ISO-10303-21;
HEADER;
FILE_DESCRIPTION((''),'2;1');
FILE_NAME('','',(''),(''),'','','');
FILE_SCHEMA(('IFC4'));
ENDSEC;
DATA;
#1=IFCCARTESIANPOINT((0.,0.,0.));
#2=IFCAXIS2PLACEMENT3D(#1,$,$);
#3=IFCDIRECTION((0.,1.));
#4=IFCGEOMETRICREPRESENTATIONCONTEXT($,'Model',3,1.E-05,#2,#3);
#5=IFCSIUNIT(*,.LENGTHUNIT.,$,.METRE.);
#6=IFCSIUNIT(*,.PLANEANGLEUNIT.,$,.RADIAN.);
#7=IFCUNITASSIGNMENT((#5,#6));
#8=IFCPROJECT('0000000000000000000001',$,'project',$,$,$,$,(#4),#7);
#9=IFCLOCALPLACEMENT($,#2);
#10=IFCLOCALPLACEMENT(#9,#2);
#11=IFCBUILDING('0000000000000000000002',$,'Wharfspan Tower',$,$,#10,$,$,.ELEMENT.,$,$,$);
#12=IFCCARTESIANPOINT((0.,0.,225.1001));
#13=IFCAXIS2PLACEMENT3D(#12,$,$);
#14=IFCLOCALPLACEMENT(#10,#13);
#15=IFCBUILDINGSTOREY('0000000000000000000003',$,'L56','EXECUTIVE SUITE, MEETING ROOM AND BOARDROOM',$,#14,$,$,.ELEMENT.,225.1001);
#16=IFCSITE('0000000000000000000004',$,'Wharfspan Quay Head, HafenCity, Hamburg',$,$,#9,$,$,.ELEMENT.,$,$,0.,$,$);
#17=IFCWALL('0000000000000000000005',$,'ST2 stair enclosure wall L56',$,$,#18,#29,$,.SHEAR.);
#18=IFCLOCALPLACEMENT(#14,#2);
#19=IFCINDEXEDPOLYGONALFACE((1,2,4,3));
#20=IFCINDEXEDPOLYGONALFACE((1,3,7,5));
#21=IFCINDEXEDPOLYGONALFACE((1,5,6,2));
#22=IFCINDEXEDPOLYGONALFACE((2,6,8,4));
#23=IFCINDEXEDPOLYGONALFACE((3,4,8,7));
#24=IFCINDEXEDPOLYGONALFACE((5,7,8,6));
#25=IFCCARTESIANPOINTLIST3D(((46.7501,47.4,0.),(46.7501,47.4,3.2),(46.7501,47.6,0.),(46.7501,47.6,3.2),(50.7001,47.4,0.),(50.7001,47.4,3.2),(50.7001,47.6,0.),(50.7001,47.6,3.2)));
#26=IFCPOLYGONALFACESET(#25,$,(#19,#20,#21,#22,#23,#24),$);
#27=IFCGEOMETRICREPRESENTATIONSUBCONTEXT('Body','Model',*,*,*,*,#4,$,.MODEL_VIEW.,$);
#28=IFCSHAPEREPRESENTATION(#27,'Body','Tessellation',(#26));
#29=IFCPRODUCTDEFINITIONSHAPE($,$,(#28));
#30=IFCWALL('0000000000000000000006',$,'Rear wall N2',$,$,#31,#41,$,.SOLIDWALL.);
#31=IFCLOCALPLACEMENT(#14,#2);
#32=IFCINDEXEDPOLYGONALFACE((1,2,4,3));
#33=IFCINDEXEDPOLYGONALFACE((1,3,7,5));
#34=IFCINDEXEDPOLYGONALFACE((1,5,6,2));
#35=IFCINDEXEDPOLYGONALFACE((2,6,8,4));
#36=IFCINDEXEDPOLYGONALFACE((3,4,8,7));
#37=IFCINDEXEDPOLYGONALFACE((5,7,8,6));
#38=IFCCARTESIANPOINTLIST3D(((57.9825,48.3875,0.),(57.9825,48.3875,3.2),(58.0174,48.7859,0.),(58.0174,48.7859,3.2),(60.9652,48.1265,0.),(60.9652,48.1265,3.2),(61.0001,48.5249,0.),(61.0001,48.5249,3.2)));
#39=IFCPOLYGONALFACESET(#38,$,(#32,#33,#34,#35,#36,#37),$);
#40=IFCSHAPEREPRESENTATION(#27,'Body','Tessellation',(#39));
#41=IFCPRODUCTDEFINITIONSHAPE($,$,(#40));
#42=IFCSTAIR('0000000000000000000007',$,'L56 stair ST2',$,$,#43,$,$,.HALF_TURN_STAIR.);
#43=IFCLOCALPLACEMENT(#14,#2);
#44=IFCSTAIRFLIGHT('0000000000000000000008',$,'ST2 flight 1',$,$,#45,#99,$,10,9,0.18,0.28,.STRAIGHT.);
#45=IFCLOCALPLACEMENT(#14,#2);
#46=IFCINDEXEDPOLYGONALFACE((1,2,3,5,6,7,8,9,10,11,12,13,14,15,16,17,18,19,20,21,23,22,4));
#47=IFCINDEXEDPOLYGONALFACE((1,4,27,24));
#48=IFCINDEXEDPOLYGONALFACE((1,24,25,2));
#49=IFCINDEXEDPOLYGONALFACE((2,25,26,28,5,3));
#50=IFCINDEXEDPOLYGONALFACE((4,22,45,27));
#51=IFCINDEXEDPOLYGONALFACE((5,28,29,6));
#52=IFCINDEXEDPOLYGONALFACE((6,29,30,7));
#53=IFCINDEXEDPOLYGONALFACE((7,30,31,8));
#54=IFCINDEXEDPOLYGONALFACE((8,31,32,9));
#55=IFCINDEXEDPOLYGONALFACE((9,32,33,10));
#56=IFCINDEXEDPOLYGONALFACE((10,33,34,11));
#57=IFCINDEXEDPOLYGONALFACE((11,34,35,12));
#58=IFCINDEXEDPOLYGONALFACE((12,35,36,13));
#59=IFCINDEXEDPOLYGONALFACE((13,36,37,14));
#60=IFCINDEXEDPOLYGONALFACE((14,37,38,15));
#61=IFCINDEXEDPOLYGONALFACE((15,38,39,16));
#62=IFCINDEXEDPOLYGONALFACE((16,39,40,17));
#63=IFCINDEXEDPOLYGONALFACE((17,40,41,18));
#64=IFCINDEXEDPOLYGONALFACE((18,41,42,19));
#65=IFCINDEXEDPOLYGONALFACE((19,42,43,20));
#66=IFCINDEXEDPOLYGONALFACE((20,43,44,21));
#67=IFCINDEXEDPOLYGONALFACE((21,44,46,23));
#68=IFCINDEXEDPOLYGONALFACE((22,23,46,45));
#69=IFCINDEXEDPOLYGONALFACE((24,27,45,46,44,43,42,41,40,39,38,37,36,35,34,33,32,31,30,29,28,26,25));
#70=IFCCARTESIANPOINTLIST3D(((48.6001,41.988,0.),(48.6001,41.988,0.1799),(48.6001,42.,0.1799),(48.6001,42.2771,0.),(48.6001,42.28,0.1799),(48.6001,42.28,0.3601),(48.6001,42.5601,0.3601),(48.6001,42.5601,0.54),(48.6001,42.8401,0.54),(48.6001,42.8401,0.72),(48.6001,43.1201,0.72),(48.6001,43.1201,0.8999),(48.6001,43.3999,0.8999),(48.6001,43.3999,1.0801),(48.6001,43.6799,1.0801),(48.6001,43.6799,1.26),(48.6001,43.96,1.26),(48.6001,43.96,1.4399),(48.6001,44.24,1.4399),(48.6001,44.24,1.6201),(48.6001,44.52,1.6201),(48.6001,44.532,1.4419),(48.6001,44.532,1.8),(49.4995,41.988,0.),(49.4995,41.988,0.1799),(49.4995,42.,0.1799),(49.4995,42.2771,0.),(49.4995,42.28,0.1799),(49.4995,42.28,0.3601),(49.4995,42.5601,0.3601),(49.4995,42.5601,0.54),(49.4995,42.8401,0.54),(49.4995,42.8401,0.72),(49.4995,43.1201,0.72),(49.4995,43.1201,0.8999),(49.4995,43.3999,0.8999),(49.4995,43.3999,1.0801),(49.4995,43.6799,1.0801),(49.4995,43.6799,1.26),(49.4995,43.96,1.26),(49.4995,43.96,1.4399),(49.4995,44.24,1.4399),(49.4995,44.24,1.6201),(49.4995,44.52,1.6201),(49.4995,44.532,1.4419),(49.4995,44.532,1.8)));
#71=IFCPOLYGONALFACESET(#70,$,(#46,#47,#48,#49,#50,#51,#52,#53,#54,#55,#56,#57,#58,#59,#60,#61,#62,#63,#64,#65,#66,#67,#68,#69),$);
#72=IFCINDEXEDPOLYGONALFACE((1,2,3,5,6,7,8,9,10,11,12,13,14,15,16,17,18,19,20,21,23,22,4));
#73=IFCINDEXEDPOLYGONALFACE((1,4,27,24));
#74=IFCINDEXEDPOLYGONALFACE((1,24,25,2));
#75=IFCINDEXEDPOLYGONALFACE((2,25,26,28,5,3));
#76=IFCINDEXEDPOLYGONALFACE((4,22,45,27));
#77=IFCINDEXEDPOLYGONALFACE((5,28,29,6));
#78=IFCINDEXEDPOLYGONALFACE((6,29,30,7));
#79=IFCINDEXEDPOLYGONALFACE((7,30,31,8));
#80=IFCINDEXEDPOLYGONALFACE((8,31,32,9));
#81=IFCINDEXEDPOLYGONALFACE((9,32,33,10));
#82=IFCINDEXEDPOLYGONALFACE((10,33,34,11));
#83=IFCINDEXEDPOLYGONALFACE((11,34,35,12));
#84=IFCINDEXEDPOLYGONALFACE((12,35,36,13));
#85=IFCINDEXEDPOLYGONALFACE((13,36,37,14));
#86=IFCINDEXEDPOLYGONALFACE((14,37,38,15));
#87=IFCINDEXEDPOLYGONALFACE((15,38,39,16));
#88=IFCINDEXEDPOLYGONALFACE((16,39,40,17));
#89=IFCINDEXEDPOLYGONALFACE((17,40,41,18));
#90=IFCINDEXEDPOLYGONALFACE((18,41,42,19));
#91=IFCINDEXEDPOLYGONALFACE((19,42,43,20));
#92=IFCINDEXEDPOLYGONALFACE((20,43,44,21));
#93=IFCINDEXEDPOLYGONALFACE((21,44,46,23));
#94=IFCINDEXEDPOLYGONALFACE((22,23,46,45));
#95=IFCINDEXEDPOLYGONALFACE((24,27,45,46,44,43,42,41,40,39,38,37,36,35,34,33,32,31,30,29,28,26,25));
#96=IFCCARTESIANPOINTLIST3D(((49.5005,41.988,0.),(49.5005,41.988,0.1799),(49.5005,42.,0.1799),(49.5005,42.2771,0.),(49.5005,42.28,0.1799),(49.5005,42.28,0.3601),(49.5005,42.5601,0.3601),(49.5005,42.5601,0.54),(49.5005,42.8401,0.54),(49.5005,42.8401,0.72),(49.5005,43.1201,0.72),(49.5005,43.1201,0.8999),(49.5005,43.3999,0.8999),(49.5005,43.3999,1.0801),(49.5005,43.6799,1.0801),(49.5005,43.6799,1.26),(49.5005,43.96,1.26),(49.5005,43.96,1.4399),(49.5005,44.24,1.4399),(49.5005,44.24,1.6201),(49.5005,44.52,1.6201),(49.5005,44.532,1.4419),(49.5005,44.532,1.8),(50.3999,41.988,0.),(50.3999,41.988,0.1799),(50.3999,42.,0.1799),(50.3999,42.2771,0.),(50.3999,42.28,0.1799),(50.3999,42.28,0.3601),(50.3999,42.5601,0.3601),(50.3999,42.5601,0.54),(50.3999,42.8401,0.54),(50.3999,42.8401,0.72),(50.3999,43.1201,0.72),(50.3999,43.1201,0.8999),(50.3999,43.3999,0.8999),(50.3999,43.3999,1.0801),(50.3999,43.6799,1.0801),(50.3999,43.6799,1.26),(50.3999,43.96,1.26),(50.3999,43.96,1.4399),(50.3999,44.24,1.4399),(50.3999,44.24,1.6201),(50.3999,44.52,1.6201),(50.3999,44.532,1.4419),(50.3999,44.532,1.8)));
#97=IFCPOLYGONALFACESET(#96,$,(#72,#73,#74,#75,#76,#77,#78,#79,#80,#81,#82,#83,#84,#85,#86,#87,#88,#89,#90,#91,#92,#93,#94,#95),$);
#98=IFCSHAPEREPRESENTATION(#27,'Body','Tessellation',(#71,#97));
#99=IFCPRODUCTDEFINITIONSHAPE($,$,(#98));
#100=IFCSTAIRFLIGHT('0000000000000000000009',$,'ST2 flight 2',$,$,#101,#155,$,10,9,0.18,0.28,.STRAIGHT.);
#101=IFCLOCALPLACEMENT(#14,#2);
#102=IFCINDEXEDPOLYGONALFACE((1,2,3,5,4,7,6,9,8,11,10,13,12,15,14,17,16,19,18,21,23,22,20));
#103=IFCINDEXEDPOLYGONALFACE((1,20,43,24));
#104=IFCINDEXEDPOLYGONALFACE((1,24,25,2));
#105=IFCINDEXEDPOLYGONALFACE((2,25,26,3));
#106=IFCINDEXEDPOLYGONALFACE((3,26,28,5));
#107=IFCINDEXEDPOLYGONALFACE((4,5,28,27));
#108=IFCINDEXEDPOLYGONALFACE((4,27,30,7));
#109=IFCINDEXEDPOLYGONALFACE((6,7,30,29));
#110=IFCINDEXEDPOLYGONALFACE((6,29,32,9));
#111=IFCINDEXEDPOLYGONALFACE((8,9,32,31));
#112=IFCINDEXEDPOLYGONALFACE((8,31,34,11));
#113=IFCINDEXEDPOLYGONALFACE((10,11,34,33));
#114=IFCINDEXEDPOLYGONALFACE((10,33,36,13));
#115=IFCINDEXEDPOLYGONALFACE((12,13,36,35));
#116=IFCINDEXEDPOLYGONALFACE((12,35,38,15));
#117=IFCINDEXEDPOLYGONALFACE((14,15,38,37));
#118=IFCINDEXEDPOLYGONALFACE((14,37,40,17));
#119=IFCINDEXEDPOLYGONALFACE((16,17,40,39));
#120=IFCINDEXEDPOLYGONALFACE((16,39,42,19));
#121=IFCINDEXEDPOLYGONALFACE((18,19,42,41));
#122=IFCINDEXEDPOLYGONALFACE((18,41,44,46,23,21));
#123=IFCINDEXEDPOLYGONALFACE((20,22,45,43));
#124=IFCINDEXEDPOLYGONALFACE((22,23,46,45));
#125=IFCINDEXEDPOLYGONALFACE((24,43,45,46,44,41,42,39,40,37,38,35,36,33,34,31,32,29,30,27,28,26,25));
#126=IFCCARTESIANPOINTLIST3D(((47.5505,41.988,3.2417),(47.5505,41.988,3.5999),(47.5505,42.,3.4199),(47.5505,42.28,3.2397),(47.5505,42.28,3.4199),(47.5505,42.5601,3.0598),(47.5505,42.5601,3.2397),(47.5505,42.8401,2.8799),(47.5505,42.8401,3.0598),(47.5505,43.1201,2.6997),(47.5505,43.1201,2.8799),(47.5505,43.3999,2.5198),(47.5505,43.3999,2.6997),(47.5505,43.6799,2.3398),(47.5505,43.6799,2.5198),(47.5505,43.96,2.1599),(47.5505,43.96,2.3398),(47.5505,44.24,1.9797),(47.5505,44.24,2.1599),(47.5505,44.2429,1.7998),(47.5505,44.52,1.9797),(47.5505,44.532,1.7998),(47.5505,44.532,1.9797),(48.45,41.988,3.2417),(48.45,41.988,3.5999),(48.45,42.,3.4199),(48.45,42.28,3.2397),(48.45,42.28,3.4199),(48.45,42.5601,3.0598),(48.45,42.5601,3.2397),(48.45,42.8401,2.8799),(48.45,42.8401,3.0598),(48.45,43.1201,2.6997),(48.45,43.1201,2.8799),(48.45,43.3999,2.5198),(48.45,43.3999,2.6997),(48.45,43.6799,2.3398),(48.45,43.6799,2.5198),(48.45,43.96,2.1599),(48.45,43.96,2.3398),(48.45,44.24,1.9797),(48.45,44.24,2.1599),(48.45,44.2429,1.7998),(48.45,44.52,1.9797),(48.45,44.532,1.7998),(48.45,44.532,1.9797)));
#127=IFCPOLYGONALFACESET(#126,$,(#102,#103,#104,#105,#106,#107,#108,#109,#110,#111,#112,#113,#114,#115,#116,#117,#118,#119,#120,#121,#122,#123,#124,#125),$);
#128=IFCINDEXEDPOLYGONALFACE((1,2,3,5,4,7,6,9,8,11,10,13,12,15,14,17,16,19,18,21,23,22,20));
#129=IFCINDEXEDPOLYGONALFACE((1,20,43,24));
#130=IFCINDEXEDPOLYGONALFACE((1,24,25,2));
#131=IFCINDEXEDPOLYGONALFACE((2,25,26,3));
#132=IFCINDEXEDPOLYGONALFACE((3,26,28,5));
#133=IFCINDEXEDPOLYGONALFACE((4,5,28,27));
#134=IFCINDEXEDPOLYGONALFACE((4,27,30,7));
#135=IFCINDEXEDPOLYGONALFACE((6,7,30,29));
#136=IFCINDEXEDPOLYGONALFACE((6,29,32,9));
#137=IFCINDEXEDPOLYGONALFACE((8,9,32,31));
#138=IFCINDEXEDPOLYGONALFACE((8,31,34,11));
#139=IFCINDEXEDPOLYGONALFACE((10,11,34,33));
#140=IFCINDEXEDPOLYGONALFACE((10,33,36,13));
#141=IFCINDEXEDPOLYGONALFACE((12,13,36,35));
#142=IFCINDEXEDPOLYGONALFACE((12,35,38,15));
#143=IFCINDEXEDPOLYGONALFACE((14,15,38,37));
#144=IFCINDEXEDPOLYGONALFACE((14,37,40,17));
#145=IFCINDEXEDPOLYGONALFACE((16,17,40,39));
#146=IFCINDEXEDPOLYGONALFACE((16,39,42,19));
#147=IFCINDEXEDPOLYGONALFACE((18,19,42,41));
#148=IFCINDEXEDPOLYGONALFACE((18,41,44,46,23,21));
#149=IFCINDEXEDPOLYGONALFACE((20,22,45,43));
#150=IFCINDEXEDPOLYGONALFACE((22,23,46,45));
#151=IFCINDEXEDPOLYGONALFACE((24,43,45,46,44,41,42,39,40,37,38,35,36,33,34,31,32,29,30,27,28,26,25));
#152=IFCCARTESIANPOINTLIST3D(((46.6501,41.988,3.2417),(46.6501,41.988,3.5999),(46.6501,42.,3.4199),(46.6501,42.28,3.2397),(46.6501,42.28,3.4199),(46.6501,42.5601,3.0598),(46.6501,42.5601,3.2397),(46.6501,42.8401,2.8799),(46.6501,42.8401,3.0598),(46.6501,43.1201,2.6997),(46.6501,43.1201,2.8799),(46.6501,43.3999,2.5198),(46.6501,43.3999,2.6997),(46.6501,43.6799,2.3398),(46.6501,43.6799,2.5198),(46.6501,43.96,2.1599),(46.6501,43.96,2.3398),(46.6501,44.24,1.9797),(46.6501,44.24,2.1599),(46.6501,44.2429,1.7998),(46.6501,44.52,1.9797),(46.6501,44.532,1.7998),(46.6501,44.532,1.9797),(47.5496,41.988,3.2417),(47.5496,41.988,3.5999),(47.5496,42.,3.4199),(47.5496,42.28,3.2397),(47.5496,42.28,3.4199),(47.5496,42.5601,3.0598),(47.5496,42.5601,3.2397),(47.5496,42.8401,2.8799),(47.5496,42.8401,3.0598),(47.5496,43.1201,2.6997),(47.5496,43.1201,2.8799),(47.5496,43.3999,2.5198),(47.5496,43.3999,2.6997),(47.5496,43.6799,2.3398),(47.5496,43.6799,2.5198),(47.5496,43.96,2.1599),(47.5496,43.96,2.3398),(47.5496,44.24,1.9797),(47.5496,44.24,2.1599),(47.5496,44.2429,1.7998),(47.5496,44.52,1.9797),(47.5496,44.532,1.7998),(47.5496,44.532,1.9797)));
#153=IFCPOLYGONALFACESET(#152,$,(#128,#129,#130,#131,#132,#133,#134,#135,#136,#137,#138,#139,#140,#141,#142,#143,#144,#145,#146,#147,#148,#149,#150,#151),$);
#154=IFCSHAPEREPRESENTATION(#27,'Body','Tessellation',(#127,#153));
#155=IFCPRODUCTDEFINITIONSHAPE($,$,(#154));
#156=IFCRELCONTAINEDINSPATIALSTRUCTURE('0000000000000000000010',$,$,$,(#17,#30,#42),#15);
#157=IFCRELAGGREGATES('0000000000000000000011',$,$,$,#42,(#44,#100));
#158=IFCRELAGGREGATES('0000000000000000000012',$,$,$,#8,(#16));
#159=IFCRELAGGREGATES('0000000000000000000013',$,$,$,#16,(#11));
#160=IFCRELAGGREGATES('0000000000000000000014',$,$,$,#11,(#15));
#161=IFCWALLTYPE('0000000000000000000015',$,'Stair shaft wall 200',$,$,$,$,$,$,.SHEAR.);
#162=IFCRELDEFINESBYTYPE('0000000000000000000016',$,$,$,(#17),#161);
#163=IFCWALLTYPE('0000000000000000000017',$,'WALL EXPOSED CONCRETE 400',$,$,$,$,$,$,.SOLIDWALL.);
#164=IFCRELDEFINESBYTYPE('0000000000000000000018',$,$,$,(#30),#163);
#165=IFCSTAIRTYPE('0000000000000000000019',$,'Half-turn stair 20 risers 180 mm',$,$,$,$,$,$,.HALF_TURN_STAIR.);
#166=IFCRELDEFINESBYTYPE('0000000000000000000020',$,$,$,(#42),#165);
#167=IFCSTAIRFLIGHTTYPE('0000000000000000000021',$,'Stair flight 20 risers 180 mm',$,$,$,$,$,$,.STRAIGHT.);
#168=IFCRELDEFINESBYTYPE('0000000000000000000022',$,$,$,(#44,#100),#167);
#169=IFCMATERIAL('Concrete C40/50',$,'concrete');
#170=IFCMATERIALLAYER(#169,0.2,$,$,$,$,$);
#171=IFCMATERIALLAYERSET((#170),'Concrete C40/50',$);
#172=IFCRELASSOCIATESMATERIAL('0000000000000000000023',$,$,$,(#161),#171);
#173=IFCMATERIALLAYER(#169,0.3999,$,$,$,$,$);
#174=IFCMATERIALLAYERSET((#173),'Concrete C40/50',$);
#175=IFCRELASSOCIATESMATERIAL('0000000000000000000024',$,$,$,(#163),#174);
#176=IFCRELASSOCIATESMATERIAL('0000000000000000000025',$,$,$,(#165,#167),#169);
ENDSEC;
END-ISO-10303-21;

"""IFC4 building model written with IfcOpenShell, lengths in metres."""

from ifc_helpers import new_model, si_unit, direction, frame, frame_2d, origin, place, context, subcontext, project, spatial, polyline, rectangle, outline, extrude, material, layer, layer_set, type_object, element, aggregate, save


model = new_model("IFC4")

# Units and contexts
model_context = context("Model", 3, precision=1e-05, world=origin(), true_north=direction((0.0, 1.0)))
body_context = subcontext(model_context, "Body", "Model", "MODEL_VIEW")
ifc_project = project(units=[si_unit("LENGTHUNIT", "METRE"), si_unit("PLANEANGLEUNIT", "RADIAN")], contexts=[model_context])

# Site, building, storey
site_placement = place(None, origin())
site = spatial("IfcSite", under=ifc_project, at=site_placement, Name="Wharfspan Quay Head, HafenCity, Hamburg", CompositionType="ELEMENT", RefElevation=0.0)
building_placement = place(site_placement, origin())
building = spatial("IfcBuilding", under=site, at=building_placement, Name="Wharfspan Tower", CompositionType="ELEMENT")
storey_placement = place(building_placement, frame((0.0, 0.0, 225.1001)))
storey = spatial("IfcBuildingStorey", under=building, at=storey_placement, Name="L56", Description="EXECUTIVE SUITE, MEETING ROOM AND BOARDROOM", CompositionType="ELEMENT", Elevation=225.1001)

# Walls
ifc_material_1 = material(Name="Concrete C40/50", Category="concrete")
ifc_layer_1 = layer(ifc_material_1, 0.2)
ifc_layer_set_1 = layer_set([ifc_layer_1], Name="Concrete C40/50")
wall_type_1 = type_object("IfcWallType", Name="Stair shaft wall 200", PredefinedType="SHEAR", material=ifc_layer_set_1)
wall_1_placement = place(storey_placement, frame((46.75, 47.5, 0.0), z_axis=(0.0, 0.0, 1.0), x_axis=(1.0, 0.0, 0.0)))
element("IfcWall", 1, at=wall_1_placement, inside=storey, type_object=wall_type_1, Name="ST2 stair enclosure wall L56", PredefinedType="SHEAR", context=body_context, shape_type="SweptSolid", body=[
    extrude(rectangle(XDim=3.95, YDim=0.2, at=frame_2d((1.9751, 0.0))), origin(), (0.0, 0.0, 1.0), 3.2),
])
ifc_layer_2 = layer(ifc_material_1, 0.3999)
ifc_layer_set_2 = layer_set([ifc_layer_2], Name="Concrete C40/50")
wall_type_2 = type_object("IfcWallType", Name="WALL EXPOSED CONCRETE 400", PredefinedType="SOLIDWALL", material=ifc_layer_set_2)
wall_2_placement = place(storey_placement, frame((60.9827, 48.3257, 0.0), z_axis=(0.0, 0.0, 1.0), x_axis=(-0.996194, 0.087168, 0.0)))
element("IfcWall", 2, at=wall_2_placement, inside=storey, type_object=wall_type_2, Name="Rear wall N2", PredefinedType="SOLIDWALL", context=body_context, shape_type="SweptSolid", body=[
    extrude(rectangle(XDim=2.9941, YDim=0.3999, at=frame_2d((1.4971, 0.0))), origin(), (0.0, 0.0, 1.0), 3.2),
])

# Stair, stair flights
stair_type = type_object("IfcStairType", Name="Half-turn stair 20 risers 180 mm", PredefinedType="HALF_TURN_STAIR", material=ifc_material_1)
stair_placement = place(storey_placement, origin())
stair = element("IfcStair", 3, at=stair_placement, inside=storey, type_object=stair_type, Name="L56 stair ST2", PredefinedType="HALF_TURN_STAIR")
stair_flight_type = type_object("IfcStairFlightType", Name="Stair flight 20 risers 180 mm", PredefinedType="STRAIGHT", material=ifc_material_1)
stair_flight_1_placement = place(storey_placement, frame((49.5, 42.0, 0.0), z_axis=(0.0, 0.0, 1.0), x_axis=(0.0, 1.0, 0.0)))
stair_flight_1 = element("IfcStairFlight", 4, at=stair_flight_1_placement, type_object=stair_flight_type, Name="ST2 flight 1", NumberOfRisers=10, NumberOfTreads=9, PredefinedType="STRAIGHT", RiserHeight=0.18, TreadLength=0.28, context=body_context, shape_type="SweptSolid", body=[
    extrude(outline(polyline([(-0.012, 0.0), (-0.012, 0.1799), (0.0, 0.1799), (0.28, 0.1799), (0.28, 0.3601), (0.5601, 0.3601), (0.5601, 0.54), (0.8401, 0.54), (0.8401, 0.72), (1.1201, 0.72), (1.1201, 0.8999), (1.3999, 0.8999), (1.3999, 1.0801), (1.6799, 1.0801), (1.6799, 1.26), (1.96, 1.26), (1.96, 1.4399), (2.24, 1.4399), (2.24, 1.6201), (2.52, 1.6201), (2.532, 1.8), (2.532, 1.4419), (0.2771, 0.0), (-0.012, 0.0)])), frame((0.0, 0.8999, 0.0), z_axis=(0.0, -1.0, 0.0), x_axis=(1.0, 0.0, 0.0)), (0.0, 0.0, 1.0), 0.8994),
    extrude(outline(polyline([(-0.012, 0.0), (-0.012, 0.1799), (0.0, 0.1799), (0.28, 0.1799), (0.28, 0.3601), (0.5601, 0.3601), (0.5601, 0.54), (0.8401, 0.54), (0.8401, 0.72), (1.1201, 0.72), (1.1201, 0.8999), (1.3999, 0.8999), (1.3999, 1.0801), (1.6799, 1.0801), (1.6799, 1.26), (1.96, 1.26), (1.96, 1.4399), (2.24, 1.4399), (2.24, 1.6201), (2.52, 1.6201), (2.532, 1.8), (2.532, 1.4419), (0.2771, 0.0), (-0.012, 0.0)])), frame((0.0, -0.0005, 0.0), z_axis=(0.0, -1.0, 0.0), x_axis=(1.0, 0.0, 0.0)), (0.0, 0.0, 1.0), 0.8994),
])
stair_flight_2_placement = place(storey_placement, frame((47.55, 44.52, 1.7998), z_axis=(0.0, 0.0, 1.0), x_axis=(0.0, -1.0, 0.0)))
stair_flight_2 = element("IfcStairFlight", 5, at=stair_flight_2_placement, type_object=stair_flight_type, Name="ST2 flight 2", NumberOfRisers=10, NumberOfTreads=9, PredefinedType="STRAIGHT", RiserHeight=0.18, TreadLength=0.28, context=body_context, shape_type="SweptSolid", body=[
    extrude(outline(polyline([(-0.012, 0.0), (-0.012, 0.1799), (0.0, 0.1799), (0.28, 0.1799), (0.28, 0.3601), (0.5601, 0.3601), (0.5601, 0.54), (0.8401, 0.54), (0.8401, 0.72), (1.1201, 0.72), (1.1201, 0.8999), (1.3999, 0.8999), (1.3999, 1.0801), (1.6799, 1.0801), (1.6799, 1.26), (1.96, 1.26), (1.96, 1.4399), (2.24, 1.4399), (2.24, 1.6201), (2.52, 1.6201), (2.532, 1.8), (2.532, 1.4419), (0.2771, 0.0), (-0.012, 0.0)])), frame((0.0, 0.8999, 0.0), z_axis=(0.0, -1.0, 0.0), x_axis=(1.0, 0.0, 0.0)), (0.0, 0.0, 1.0), 0.8994),
    extrude(outline(polyline([(-0.012, 0.0), (-0.012, 0.1799), (0.0, 0.1799), (0.28, 0.1799), (0.28, 0.3601), (0.5601, 0.3601), (0.5601, 0.54), (0.8401, 0.54), (0.8401, 0.72), (1.1201, 0.72), (1.1201, 0.8999), (1.3999, 0.8999), (1.3999, 1.0801), (1.6799, 1.0801), (1.6799, 1.26), (1.96, 1.26), (1.96, 1.4399), (2.24, 1.4399), (2.24, 1.6201), (2.52, 1.6201), (2.532, 1.8), (2.532, 1.4419), (0.2771, 0.0), (-0.012, 0.0)])), frame((0.0, -0.0005, 0.0), z_axis=(0.0, -1.0, 0.0), x_axis=(1.0, 0.0, 0.0)), (0.0, 0.0, 1.0), 0.8994),
])
aggregate(stair, [stair_flight_1, stair_flight_2])

save(model, "model.ifc")
